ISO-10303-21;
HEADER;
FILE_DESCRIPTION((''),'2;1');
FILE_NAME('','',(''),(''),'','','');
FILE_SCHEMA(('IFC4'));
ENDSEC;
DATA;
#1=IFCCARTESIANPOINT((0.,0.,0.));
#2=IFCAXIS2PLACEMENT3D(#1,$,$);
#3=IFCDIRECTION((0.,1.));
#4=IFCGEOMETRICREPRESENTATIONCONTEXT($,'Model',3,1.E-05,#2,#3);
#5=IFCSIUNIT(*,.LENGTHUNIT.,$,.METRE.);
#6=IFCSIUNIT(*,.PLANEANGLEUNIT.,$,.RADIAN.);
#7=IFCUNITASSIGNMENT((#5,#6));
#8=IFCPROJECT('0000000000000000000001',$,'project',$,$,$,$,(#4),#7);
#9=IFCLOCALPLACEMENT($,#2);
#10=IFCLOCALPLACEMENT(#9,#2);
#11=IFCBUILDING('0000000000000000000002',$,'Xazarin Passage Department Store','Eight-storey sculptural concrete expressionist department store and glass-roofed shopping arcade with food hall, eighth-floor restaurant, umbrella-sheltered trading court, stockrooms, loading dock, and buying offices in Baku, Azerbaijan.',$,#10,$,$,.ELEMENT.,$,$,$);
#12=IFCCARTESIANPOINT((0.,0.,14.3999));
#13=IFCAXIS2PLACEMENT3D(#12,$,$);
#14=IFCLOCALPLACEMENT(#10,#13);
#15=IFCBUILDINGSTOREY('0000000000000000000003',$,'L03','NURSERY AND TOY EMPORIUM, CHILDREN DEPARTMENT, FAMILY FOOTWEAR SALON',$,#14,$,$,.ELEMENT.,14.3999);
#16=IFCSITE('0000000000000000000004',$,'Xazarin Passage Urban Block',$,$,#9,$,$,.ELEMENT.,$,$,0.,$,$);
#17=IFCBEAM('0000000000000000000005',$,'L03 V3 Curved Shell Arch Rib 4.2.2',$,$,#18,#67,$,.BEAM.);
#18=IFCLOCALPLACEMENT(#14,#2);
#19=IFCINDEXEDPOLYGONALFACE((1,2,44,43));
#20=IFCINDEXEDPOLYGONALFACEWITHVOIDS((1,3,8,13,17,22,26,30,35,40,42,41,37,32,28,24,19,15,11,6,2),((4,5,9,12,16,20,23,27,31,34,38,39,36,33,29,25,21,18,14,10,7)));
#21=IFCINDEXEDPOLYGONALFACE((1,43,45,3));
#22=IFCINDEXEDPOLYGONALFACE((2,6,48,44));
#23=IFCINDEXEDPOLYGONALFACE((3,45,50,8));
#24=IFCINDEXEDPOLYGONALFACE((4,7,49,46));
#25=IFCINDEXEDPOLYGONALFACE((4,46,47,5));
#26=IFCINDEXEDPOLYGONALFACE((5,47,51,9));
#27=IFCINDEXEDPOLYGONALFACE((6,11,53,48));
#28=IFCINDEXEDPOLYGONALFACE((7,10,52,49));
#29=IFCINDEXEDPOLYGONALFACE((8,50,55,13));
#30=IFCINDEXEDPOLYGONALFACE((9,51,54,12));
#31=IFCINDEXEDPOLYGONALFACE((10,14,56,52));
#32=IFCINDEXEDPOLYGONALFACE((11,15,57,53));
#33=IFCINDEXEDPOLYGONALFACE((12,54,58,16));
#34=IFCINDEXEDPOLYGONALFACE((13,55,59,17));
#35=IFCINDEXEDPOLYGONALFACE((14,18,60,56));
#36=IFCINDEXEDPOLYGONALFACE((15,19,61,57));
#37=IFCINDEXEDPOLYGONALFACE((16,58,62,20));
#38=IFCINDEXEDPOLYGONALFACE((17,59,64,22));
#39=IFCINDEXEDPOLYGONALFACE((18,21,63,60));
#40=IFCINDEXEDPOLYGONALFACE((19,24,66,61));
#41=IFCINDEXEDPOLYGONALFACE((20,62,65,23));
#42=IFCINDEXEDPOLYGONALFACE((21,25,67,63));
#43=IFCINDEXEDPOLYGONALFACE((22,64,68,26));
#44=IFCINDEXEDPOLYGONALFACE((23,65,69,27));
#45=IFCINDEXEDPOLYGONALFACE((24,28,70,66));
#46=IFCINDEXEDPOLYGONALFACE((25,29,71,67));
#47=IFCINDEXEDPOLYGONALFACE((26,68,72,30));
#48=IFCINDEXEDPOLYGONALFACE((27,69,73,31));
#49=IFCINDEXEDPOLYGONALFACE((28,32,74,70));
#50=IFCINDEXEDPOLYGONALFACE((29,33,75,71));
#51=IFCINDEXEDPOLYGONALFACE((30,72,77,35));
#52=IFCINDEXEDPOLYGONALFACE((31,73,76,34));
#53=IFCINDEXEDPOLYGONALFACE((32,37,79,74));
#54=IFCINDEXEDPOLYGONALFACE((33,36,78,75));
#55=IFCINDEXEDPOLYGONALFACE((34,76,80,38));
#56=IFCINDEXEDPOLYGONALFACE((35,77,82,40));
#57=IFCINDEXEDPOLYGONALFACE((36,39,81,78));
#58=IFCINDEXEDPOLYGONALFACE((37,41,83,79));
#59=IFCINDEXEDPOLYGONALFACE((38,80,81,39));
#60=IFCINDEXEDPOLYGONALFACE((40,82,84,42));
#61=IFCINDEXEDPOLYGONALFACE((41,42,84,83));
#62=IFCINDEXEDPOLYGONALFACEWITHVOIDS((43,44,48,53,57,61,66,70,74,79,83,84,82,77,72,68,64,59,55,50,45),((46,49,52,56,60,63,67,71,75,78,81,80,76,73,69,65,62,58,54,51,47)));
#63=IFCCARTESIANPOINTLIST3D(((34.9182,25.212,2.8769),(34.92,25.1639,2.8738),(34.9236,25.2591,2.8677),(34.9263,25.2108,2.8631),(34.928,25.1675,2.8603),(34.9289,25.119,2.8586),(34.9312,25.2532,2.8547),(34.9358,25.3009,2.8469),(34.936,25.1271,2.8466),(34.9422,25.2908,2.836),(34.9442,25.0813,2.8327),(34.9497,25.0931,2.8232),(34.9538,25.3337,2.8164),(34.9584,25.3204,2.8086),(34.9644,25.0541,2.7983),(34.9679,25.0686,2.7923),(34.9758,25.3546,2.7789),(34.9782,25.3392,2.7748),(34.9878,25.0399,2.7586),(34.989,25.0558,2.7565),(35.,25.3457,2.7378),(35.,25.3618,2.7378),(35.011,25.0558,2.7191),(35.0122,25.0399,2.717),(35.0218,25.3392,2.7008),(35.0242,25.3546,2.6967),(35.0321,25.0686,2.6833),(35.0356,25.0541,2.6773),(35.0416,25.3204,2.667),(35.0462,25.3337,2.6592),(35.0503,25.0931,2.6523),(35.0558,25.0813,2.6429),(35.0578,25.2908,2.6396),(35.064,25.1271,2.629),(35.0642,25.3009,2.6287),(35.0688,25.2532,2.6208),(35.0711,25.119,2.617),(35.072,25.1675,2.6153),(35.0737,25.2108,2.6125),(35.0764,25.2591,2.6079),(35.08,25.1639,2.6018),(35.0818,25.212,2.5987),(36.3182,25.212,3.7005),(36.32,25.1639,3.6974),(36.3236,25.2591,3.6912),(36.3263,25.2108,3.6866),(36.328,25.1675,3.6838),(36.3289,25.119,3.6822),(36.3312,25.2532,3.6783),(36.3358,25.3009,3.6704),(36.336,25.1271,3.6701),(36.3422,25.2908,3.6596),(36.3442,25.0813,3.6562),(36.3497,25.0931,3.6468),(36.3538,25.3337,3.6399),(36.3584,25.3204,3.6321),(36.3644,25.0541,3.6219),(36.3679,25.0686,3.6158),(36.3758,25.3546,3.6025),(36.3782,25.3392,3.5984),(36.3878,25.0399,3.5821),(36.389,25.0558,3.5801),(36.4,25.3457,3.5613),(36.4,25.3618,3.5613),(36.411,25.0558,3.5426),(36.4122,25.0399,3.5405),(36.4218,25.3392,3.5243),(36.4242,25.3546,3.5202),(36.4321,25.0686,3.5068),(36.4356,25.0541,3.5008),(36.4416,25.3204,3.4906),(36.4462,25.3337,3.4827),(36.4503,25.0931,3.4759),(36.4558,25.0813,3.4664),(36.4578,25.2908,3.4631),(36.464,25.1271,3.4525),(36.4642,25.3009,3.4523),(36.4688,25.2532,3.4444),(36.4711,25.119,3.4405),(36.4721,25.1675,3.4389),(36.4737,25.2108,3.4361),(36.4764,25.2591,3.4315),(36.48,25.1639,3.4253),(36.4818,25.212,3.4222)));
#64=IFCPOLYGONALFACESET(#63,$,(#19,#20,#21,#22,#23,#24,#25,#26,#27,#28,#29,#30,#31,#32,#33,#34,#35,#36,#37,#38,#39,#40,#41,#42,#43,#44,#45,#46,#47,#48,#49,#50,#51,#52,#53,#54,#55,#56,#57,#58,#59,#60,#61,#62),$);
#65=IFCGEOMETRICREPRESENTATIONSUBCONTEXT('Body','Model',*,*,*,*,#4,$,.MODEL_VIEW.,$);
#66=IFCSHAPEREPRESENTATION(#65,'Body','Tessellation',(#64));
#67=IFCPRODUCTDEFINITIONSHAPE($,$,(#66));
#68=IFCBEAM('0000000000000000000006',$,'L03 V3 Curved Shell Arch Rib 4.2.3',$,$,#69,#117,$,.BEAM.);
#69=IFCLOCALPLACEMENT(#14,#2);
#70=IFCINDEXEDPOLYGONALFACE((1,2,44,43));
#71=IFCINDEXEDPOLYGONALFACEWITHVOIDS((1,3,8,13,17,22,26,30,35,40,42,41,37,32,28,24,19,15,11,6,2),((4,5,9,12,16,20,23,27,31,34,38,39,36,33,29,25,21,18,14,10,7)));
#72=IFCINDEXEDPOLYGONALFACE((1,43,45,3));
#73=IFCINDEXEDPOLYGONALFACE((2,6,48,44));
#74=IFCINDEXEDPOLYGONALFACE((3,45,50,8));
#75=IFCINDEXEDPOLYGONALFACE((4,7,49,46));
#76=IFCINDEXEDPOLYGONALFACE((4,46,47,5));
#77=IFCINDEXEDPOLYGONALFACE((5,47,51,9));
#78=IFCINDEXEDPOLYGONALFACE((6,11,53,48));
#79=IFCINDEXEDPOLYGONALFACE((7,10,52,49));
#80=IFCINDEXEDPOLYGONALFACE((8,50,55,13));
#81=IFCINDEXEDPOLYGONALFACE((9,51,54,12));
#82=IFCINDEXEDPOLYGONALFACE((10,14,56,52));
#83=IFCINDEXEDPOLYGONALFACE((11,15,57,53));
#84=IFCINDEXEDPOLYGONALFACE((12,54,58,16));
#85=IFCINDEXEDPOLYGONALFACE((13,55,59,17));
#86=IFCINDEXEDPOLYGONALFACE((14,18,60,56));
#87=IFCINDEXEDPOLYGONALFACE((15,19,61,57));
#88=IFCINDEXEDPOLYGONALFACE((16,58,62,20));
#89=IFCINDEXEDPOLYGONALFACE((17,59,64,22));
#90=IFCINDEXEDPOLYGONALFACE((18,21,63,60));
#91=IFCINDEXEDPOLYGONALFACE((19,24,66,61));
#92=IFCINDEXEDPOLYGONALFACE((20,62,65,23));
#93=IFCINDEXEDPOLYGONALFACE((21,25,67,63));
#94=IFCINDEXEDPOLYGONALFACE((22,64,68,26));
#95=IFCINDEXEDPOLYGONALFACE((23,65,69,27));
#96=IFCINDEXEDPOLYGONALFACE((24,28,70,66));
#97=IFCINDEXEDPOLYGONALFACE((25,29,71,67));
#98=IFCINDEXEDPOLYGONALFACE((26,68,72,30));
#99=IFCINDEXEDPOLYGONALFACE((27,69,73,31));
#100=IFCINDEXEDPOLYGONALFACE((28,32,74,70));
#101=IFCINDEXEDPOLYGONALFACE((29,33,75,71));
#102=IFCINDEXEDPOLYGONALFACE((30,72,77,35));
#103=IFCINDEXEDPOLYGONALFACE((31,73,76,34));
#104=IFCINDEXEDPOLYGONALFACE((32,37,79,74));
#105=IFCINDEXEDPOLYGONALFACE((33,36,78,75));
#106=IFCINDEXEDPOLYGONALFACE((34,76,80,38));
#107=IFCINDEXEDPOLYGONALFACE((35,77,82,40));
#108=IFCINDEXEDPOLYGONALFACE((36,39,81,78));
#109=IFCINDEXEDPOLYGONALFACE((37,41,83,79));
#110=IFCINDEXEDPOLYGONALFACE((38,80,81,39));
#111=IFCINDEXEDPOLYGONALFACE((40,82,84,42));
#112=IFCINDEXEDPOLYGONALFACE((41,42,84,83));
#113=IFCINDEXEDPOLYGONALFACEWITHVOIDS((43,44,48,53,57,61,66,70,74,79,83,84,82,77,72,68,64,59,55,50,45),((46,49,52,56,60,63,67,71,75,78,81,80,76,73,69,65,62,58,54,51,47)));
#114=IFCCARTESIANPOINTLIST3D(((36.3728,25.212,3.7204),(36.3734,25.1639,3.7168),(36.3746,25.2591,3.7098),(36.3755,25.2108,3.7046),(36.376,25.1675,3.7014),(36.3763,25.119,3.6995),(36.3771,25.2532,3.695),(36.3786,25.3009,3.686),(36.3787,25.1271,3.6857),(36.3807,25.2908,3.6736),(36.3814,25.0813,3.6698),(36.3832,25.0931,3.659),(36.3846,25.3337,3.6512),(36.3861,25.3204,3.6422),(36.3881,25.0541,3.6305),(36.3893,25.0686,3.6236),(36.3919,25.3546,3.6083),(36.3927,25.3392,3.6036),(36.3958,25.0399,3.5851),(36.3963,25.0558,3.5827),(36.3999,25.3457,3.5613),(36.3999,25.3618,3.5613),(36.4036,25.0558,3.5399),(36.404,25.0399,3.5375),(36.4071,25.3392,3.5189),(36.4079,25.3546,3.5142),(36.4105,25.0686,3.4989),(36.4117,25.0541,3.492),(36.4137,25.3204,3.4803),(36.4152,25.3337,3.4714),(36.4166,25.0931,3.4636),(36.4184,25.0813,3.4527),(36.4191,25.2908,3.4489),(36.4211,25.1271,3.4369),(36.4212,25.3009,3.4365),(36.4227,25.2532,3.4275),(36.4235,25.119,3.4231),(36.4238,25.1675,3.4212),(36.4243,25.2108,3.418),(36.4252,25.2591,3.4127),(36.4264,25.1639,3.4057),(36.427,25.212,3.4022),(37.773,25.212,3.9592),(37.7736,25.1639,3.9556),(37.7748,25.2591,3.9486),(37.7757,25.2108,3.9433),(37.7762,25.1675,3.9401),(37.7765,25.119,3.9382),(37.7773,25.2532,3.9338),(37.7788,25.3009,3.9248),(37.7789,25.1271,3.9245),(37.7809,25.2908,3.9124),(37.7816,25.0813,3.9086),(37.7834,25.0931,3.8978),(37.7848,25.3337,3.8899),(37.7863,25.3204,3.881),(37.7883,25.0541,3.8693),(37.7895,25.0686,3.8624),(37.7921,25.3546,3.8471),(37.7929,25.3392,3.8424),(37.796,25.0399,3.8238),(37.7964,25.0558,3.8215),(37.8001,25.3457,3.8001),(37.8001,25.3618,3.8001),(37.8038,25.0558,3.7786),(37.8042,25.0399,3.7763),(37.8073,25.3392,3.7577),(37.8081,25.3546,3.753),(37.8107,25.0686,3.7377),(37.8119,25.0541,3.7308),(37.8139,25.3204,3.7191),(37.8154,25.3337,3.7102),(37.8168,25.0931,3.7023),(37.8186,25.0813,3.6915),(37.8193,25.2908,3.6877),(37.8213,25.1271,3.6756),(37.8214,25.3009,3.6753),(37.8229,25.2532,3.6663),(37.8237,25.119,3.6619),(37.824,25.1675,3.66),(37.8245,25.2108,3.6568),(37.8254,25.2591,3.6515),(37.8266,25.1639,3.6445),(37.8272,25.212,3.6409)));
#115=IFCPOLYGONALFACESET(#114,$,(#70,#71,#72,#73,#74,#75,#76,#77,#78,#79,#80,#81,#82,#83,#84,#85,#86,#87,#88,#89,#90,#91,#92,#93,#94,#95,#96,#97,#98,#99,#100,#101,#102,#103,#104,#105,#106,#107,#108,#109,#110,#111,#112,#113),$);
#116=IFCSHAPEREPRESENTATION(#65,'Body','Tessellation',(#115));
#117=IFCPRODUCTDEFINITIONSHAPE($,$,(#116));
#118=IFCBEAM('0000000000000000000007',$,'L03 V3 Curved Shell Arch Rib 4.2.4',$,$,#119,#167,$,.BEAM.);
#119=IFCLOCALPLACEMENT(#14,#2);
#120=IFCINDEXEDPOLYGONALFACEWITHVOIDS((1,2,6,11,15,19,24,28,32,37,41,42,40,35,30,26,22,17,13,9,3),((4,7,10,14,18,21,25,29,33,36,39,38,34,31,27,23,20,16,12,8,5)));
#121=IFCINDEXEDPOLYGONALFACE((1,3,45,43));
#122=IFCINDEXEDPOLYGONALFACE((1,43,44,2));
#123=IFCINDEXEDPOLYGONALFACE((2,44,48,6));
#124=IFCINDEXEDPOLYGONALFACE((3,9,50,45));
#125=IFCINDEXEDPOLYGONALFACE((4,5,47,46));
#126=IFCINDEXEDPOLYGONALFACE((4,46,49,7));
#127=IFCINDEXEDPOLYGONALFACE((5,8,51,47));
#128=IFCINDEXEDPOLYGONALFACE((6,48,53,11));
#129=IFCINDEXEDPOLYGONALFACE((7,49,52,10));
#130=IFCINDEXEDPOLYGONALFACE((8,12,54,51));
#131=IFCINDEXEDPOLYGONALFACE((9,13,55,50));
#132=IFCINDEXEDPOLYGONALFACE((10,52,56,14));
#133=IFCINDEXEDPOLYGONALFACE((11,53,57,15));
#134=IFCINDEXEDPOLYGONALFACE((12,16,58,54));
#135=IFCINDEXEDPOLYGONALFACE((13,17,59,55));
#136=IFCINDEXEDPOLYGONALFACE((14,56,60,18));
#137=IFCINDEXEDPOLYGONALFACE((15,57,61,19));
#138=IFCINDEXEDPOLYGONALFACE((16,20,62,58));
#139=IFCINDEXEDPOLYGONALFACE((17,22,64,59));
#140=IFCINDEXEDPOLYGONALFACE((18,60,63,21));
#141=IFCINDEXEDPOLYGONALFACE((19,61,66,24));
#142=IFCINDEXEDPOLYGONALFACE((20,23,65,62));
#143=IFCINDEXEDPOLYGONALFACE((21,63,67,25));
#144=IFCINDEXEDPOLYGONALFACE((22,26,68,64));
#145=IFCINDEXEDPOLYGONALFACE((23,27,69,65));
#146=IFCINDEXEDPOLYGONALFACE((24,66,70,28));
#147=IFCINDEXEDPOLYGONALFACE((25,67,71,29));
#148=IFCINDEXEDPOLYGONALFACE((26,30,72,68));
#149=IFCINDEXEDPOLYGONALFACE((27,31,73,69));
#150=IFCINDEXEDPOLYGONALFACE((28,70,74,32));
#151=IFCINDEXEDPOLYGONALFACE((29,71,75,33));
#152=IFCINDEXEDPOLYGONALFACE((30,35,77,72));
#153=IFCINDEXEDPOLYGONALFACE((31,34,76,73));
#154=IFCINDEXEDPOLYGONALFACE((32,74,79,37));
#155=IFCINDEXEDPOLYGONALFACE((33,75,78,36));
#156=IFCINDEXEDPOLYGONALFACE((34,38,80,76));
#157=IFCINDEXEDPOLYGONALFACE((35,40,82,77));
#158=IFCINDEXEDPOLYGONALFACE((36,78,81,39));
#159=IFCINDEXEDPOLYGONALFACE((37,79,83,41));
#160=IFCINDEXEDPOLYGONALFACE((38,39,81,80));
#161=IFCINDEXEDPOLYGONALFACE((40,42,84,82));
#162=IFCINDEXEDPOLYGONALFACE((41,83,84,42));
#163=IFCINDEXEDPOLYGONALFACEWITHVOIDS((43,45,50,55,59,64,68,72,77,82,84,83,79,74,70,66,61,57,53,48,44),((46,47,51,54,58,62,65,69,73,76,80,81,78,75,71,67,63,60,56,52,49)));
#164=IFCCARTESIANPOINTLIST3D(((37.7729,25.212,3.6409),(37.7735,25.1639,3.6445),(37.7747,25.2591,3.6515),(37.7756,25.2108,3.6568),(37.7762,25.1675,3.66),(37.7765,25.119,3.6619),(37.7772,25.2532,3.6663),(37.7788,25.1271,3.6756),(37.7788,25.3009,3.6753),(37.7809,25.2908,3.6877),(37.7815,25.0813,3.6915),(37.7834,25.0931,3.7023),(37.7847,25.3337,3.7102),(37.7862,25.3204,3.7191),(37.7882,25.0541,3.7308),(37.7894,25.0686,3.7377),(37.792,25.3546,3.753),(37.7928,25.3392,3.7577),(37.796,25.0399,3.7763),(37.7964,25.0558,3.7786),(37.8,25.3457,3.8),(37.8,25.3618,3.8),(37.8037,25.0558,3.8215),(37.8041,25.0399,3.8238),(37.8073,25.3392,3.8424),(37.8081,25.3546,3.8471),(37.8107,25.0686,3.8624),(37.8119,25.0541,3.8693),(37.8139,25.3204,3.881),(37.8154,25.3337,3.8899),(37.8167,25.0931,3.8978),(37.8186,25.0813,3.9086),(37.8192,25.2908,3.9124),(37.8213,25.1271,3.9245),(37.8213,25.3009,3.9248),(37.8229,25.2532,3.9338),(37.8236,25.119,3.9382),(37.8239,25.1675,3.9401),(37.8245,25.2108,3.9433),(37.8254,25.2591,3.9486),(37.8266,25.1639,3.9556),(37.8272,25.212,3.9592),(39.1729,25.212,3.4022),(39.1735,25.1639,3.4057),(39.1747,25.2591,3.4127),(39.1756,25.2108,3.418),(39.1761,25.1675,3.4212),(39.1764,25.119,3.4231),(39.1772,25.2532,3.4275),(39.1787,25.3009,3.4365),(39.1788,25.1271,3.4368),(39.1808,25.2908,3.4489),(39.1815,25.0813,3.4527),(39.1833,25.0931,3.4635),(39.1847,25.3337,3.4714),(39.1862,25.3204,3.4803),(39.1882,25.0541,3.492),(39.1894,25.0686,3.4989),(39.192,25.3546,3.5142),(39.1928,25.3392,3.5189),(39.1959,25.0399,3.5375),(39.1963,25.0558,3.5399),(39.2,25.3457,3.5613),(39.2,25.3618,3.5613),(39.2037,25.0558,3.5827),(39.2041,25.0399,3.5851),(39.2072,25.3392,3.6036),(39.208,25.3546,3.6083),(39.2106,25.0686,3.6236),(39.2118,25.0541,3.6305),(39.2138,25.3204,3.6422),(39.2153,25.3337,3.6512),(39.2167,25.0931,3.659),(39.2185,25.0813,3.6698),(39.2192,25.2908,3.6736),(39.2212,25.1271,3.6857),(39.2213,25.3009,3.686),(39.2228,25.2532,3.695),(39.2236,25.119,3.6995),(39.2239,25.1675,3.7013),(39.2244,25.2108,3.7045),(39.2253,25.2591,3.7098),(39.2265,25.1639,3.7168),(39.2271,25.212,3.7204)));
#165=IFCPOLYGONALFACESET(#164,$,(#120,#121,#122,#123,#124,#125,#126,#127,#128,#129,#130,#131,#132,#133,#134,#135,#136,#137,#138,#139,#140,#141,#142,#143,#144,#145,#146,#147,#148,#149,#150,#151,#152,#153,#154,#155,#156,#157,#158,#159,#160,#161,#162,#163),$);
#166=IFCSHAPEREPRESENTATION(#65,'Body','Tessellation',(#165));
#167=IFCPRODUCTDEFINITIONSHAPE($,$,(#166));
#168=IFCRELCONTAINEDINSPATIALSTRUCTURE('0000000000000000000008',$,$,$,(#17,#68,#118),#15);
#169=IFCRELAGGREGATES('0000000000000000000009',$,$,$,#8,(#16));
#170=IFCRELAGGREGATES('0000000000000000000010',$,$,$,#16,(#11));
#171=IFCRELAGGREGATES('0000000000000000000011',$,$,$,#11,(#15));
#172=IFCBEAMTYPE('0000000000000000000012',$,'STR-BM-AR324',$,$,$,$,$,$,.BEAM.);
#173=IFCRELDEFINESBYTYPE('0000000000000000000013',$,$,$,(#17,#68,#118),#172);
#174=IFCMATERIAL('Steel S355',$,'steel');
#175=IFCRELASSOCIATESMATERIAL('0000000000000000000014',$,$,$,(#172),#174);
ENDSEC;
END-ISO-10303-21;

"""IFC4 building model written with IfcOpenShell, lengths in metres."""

from ifc_helpers import new_model, si_unit, direction, frame, origin, origin_2d, place, context, subcontext, project, spatial, hollow_circle, extrude, material, material_profile, profile_set, type_object, element, save


model = new_model("IFC4")

# Units and contexts
model_context = context("Model", 3, precision=1e-05, world=origin(), true_north=direction((0.0, 1.0)))
body_context = subcontext(model_context, "Body", "Model", "MODEL_VIEW")
ifc_project = project(units=[si_unit("LENGTHUNIT", "METRE"), si_unit("PLANEANGLEUNIT", "RADIAN")], contexts=[model_context])

# Site, building, storey
site_placement = place(None, origin())
site = spatial("IfcSite", under=ifc_project, at=site_placement, Name="Xazarin Passage Urban Block", CompositionType="ELEMENT", RefElevation=0.0)
building_placement = place(site_placement, origin())
building = spatial("IfcBuilding", under=site, at=building_placement, Name="Xazarin Passage Department Store", Description="Eight-storey sculptural concrete expressionist department store and glass-roofed shopping arcade with food hall, eighth-floor restaurant, umbrella-sheltered trading court, stockrooms, loading dock, and buying offices in Baku, Azerbaijan.", CompositionType="ELEMENT")
storey_placement = place(building_placement, frame((0.0, 0.0, 14.3999)))
storey = spatial("IfcBuildingStorey", under=building, at=storey_placement, Name="L03", Description="NURSERY AND TOY EMPORIUM, CHILDREN DEPARTMENT, FAMILY FOOTWEAR SALON", CompositionType="ELEMENT", Elevation=14.3999)

# Beams
ifc_material_1 = material(Name="Steel S355", Category="steel")
ifc_material_profile_1 = material_profile(ifc_material_1, hollow_circle(Radius=0.1619, WallThickness=0.0161, at=origin_2d()), Name="CHS 323.9x16")
ifc_profile_set_1 = profile_set([ifc_material_profile_1], Name="Steel S355")
beam_type_1 = type_object("IfcBeamType", Name="STR-BM-AR324", PredefinedType="BEAM", material=ifc_profile_set_1)
beam_1_placement = place(storey_placement, frame((35.0, 25.2, 2.7378), z_axis=(0.86193, 0.0, 0.507027), x_axis=(0.0, 1.0, 0.0)))
element("IfcBeam", 1, at=beam_1_placement, inside=storey, type_object=beam_type_1, Name="L03 V3 Curved Shell Arch Rib 4.2.2", PredefinedType="BEAM", context=body_context, shape_type="SweptSolid", body=[
    extrude(hollow_circle(Radius=0.1619, WallThickness=0.0161, at=origin_2d()), origin(), (0.0, 0.0, 1.0), 1.6243),
])
beam_2_placement = place(storey_placement, frame((36.3999, 25.2, 3.5613), z_axis=(0.985769, 0.0, 0.168105), x_axis=(0.0, 1.0, 0.0)))
element("IfcBeam", 2, at=beam_2_placement, inside=storey, type_object=beam_type_1, Name="L03 V3 Curved Shell Arch Rib 4.2.3", PredefinedType="BEAM", context=body_context, shape_type="SweptSolid", body=[
    extrude(hollow_circle(Radius=0.1619, WallThickness=0.0161, at=origin_2d()), origin(), (0.0, 0.0, 1.0), 1.4204),
])
beam_3_placement = place(storey_placement, frame((37.8, 25.2, 3.8), z_axis=(0.985764, 0.0, -0.168133), x_axis=(0.0, 1.0, 0.0)))
element("IfcBeam", 3, at=beam_3_placement, inside=storey, type_object=beam_type_1, Name="L03 V3 Curved Shell Arch Rib 4.2.4", PredefinedType="BEAM", context=body_context, shape_type="SweptSolid", body=[
    extrude(hollow_circle(Radius=0.1619, WallThickness=0.0161, at=origin_2d()), origin(), (0.0, 0.0, 1.0), 1.4202),
])

save(model, "model.ifc")
